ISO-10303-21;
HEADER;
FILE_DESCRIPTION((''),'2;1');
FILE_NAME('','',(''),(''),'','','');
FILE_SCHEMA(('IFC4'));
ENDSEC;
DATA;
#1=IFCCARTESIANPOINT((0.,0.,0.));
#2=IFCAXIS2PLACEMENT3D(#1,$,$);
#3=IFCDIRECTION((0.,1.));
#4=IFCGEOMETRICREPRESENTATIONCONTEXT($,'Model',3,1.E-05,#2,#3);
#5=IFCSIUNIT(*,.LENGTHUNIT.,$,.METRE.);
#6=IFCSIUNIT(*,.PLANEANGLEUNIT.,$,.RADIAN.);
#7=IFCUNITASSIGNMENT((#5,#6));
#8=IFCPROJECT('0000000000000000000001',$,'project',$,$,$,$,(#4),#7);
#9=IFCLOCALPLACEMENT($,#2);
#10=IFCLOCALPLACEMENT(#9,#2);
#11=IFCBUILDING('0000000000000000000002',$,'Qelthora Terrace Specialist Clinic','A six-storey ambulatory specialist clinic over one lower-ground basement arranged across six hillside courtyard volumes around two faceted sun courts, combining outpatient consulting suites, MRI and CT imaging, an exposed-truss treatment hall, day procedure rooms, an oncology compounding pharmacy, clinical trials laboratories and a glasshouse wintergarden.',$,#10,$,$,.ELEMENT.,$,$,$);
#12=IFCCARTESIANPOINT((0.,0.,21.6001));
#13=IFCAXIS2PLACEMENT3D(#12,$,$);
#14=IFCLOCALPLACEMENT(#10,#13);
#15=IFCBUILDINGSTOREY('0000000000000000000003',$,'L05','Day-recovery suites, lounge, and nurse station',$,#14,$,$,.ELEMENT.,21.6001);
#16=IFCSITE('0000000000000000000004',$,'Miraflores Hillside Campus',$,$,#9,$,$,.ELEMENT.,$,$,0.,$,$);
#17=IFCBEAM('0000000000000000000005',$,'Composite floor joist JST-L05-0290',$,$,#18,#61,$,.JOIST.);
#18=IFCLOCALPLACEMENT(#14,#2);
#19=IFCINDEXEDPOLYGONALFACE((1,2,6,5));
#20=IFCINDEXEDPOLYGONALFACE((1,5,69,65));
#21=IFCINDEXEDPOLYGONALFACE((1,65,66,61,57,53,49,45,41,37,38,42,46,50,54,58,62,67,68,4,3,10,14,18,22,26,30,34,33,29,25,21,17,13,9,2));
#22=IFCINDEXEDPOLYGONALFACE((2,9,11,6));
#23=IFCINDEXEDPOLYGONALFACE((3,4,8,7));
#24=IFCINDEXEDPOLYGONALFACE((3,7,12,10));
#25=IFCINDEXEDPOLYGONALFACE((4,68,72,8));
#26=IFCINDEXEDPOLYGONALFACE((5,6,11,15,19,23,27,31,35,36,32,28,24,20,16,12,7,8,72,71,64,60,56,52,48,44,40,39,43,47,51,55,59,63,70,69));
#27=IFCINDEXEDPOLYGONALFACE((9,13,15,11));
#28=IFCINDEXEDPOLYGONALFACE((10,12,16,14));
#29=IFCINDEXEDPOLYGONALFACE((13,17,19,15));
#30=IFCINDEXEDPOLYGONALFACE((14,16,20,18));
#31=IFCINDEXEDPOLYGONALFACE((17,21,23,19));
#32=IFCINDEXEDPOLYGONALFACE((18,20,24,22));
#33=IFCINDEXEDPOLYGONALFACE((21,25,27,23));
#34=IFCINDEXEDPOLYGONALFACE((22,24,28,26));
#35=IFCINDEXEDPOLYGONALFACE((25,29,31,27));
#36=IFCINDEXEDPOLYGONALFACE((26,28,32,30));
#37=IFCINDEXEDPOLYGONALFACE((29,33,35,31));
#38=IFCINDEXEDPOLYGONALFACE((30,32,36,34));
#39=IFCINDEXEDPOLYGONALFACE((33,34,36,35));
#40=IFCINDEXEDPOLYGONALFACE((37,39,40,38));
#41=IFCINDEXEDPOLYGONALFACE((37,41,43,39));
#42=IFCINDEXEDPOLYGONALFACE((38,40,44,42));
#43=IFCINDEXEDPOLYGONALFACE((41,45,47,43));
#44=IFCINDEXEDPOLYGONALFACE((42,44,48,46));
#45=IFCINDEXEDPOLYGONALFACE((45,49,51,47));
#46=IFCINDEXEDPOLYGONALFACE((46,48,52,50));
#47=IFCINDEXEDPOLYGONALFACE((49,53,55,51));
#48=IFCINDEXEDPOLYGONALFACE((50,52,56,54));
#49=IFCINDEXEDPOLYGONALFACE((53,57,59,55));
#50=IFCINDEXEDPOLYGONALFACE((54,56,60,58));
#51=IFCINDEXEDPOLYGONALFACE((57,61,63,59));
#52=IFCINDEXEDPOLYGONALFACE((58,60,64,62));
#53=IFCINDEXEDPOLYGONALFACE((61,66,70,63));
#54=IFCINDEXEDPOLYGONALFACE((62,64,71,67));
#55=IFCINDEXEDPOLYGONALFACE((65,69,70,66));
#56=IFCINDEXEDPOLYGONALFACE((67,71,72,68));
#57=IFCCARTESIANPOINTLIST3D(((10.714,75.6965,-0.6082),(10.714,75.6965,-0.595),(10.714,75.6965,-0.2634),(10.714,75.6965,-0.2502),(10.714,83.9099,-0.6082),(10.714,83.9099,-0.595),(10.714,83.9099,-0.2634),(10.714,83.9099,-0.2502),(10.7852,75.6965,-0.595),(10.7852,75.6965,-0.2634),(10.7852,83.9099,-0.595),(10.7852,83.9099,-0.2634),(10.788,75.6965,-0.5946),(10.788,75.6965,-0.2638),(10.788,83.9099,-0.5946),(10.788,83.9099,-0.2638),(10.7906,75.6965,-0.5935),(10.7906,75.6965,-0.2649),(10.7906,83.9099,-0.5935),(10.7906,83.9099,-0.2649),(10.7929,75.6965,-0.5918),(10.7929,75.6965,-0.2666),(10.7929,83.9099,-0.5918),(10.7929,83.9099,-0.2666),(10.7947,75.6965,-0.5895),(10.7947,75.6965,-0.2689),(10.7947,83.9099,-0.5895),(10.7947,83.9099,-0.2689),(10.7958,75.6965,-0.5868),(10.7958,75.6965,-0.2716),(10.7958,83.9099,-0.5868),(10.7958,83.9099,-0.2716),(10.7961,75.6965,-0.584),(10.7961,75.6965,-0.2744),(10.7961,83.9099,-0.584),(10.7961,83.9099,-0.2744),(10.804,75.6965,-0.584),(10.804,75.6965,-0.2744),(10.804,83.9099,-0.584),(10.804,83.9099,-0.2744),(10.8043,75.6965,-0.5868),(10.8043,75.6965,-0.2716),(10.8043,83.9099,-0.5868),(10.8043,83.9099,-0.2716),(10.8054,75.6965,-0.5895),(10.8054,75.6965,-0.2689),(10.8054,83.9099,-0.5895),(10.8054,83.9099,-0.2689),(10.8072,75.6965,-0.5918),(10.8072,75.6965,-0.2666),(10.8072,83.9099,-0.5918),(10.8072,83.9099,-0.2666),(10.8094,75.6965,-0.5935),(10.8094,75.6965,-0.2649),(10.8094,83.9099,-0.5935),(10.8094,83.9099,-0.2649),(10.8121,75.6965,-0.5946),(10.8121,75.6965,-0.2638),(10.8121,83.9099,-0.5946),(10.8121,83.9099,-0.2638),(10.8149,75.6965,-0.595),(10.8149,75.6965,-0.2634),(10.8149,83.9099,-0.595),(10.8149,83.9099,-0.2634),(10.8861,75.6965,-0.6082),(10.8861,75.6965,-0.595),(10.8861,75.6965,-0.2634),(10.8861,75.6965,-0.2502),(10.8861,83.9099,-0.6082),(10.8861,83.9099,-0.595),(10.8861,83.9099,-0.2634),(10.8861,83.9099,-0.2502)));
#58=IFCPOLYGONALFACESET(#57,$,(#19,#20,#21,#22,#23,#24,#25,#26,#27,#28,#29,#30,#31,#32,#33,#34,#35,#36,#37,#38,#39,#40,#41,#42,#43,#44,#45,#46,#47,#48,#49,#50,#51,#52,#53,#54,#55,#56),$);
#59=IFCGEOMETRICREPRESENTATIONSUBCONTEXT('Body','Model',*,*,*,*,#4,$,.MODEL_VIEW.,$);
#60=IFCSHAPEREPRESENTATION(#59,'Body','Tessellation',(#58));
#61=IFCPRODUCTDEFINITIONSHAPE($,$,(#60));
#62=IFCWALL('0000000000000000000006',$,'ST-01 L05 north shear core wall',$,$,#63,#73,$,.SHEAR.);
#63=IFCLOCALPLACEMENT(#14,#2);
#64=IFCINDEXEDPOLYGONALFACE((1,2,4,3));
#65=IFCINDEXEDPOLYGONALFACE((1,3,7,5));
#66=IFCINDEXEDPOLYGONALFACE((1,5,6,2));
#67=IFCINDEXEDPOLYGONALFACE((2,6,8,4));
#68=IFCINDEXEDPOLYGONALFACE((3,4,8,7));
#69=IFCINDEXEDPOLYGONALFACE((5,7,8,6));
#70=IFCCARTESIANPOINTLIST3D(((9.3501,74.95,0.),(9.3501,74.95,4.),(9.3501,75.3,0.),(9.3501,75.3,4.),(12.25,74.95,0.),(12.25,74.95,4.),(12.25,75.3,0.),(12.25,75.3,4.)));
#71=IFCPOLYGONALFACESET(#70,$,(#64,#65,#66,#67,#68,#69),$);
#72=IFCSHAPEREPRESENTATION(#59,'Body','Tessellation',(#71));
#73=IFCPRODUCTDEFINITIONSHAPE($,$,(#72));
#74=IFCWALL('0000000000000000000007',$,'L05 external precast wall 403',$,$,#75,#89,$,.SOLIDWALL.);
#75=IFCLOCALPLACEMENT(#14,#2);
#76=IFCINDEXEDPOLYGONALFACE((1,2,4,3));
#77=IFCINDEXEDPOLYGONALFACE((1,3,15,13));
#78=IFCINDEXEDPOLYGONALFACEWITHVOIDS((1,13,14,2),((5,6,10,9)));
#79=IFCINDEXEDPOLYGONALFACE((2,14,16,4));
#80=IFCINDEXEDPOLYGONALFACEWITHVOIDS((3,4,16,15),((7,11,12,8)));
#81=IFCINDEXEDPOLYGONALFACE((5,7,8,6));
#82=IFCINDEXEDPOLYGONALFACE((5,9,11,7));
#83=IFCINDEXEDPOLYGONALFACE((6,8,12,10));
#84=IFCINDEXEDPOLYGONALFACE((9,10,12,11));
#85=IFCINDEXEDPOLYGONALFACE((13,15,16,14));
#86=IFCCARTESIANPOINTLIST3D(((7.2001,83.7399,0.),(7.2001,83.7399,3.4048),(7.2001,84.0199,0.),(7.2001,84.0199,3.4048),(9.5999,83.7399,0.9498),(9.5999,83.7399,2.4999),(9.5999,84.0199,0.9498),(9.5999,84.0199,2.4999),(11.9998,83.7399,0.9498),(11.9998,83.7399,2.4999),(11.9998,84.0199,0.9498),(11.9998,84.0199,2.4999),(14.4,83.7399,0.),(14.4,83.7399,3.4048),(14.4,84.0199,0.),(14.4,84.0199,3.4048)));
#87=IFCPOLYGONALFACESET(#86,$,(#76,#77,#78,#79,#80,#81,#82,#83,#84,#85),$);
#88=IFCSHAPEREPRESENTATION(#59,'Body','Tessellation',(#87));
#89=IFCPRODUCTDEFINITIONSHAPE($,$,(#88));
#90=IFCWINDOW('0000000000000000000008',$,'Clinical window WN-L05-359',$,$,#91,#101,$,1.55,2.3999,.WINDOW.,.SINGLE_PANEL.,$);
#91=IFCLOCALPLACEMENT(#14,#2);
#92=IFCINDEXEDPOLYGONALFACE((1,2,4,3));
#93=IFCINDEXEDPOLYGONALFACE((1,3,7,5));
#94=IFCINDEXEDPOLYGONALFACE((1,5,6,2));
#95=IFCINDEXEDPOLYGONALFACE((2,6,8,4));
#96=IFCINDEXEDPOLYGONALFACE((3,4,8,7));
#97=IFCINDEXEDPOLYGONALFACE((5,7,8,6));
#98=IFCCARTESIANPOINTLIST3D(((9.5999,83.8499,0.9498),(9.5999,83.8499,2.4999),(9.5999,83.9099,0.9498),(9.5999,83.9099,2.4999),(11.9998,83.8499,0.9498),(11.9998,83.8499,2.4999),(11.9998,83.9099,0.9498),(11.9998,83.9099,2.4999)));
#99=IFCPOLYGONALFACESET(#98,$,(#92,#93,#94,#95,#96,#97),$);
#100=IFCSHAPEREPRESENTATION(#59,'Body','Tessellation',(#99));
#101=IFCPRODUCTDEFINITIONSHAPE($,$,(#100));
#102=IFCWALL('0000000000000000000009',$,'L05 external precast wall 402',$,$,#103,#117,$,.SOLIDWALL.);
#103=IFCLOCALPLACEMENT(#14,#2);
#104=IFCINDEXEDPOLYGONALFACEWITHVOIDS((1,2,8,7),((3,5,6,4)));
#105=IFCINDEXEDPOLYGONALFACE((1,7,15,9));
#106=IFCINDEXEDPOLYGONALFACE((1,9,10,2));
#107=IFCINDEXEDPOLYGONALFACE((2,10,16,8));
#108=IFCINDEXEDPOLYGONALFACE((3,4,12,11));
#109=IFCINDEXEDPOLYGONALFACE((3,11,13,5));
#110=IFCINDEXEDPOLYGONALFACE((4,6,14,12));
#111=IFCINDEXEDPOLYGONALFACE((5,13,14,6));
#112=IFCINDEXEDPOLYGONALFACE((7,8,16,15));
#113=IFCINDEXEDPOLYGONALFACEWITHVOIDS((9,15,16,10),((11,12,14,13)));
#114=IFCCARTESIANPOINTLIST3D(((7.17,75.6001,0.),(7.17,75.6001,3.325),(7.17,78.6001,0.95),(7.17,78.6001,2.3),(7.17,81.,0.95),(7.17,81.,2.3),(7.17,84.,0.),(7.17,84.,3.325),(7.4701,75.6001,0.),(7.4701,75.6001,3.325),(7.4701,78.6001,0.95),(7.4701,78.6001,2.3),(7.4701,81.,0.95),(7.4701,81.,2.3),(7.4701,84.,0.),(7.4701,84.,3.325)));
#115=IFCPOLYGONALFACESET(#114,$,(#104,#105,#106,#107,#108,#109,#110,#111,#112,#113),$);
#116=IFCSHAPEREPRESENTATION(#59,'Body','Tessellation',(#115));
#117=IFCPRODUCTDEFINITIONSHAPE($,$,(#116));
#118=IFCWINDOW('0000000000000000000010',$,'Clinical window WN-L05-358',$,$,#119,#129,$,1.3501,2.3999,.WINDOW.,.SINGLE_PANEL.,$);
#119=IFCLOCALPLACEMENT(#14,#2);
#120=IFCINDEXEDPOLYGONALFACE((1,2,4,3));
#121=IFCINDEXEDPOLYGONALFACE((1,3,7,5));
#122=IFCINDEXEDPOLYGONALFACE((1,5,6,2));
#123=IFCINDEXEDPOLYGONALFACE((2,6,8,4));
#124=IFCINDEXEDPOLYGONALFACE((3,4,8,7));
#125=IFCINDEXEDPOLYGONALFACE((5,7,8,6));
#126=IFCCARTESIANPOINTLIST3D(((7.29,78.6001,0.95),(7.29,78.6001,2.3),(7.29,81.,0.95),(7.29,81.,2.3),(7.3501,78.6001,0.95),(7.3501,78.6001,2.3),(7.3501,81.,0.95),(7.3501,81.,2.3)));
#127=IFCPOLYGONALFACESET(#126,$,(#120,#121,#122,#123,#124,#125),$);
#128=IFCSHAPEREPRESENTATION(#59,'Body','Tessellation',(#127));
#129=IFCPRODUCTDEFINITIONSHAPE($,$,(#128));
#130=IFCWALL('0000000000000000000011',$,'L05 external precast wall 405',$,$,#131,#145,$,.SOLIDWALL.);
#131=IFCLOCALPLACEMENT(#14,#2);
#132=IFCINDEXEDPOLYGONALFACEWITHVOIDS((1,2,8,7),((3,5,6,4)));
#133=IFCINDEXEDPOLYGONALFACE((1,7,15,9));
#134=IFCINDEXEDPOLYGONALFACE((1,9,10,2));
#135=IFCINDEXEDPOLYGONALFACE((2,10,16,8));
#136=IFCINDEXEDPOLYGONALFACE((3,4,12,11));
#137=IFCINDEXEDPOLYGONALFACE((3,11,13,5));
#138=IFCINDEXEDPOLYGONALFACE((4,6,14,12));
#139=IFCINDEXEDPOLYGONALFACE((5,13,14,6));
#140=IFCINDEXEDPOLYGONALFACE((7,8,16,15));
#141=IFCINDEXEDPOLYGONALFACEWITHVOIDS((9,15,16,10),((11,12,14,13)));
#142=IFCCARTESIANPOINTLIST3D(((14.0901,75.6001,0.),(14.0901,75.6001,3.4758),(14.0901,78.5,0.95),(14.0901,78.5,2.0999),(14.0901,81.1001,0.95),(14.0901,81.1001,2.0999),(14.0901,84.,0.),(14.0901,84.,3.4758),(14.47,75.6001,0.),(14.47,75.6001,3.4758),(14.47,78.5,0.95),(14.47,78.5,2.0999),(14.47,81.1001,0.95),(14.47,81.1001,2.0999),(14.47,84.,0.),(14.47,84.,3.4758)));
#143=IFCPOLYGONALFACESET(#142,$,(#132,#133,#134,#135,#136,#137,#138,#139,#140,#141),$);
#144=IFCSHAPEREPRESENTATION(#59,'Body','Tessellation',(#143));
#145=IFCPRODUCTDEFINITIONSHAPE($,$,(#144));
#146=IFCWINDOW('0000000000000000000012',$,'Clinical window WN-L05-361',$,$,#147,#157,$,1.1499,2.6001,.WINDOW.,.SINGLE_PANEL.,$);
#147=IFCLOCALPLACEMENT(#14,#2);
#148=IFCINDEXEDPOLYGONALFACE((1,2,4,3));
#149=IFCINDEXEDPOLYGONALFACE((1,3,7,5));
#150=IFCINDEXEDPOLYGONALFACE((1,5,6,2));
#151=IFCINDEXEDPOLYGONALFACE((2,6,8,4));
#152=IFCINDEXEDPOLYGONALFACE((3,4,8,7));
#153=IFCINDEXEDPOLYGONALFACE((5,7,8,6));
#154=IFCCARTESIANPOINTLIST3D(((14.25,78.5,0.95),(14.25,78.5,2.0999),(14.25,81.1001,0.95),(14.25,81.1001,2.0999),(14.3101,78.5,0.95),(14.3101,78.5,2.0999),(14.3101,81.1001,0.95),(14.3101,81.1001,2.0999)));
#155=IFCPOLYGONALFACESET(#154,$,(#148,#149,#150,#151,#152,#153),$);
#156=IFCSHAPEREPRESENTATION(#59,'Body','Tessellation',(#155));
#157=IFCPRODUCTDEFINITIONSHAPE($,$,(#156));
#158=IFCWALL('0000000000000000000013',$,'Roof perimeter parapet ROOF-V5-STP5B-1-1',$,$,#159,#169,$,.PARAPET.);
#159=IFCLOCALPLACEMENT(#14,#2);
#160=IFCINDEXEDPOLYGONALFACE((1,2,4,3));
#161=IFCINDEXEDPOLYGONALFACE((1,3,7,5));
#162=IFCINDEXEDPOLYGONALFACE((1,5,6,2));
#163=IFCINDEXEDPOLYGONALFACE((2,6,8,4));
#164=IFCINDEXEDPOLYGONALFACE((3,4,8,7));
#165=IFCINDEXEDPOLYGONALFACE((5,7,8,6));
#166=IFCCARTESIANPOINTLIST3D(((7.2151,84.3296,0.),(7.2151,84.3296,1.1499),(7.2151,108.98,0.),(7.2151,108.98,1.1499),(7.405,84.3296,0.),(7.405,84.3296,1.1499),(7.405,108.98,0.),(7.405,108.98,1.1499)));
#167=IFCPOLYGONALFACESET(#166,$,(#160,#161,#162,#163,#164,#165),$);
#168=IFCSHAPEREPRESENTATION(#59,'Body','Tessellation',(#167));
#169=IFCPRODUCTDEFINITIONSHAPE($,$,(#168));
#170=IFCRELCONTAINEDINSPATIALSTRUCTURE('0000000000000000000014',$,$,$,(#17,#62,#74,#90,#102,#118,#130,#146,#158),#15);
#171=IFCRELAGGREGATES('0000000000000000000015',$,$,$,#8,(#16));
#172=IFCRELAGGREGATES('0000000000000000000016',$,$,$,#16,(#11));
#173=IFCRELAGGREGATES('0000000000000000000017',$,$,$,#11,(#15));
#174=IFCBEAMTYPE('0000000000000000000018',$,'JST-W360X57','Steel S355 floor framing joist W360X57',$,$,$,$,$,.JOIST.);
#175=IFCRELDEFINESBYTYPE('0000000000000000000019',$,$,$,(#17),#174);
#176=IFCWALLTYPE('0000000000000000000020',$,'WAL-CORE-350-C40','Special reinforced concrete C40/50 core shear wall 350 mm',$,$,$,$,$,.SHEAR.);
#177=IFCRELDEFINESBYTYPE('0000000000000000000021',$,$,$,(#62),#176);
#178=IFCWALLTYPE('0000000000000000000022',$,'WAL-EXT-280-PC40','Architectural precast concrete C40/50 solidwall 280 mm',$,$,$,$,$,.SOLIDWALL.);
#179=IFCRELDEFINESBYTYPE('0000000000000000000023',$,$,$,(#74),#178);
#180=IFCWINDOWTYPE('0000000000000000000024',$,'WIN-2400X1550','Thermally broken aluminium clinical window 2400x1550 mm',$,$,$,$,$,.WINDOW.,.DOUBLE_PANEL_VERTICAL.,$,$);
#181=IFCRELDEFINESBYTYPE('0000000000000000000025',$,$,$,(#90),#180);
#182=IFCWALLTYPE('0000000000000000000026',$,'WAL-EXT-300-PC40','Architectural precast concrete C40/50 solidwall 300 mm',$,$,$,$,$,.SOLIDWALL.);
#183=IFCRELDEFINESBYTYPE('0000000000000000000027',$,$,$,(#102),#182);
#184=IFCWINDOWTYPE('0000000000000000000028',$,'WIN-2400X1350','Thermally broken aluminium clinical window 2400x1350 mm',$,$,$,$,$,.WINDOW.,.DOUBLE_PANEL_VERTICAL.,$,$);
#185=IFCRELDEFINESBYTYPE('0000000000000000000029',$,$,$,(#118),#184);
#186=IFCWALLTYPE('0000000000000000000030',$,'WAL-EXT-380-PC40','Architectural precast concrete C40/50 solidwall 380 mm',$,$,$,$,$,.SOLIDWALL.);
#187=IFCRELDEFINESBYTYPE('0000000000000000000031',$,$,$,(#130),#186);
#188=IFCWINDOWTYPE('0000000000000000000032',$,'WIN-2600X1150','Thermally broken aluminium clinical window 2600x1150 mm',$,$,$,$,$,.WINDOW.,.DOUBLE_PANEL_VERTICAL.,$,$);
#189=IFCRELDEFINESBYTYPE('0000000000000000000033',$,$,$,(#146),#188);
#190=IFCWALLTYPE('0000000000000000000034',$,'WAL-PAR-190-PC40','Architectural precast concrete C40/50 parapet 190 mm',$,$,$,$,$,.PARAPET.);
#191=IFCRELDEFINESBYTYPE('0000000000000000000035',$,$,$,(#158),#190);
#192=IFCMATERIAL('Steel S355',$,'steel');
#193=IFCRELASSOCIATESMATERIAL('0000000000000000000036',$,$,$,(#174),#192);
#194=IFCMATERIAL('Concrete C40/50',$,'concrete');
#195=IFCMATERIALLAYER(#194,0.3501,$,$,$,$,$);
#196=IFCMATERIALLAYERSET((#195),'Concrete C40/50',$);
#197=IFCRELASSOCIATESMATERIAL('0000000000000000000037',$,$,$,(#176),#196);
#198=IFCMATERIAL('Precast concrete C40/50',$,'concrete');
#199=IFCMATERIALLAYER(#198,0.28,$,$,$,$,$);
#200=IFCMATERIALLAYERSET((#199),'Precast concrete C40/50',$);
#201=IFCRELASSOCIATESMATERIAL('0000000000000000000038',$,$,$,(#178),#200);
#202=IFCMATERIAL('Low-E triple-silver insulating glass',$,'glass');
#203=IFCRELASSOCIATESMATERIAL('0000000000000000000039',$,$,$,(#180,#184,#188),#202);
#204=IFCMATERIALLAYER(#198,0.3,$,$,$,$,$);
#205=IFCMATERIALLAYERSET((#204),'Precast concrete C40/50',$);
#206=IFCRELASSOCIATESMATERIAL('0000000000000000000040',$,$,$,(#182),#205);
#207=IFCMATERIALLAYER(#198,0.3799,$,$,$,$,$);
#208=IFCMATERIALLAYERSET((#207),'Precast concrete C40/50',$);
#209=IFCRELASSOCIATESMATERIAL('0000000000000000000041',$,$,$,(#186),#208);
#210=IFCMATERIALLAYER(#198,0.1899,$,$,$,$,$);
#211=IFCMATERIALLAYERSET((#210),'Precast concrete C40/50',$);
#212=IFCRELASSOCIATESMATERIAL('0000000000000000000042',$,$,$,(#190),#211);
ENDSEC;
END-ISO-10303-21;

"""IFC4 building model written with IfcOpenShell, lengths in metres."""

from ifc_helpers import new_model, si_unit, direction, frame, frame_2d, origin, origin_2d, place, context, subcontext, project, spatial, rectangle, i_section, extrude, material, layer, layer_set, material_profile, profile_set, type_object, element, fill, save


model = new_model("IFC4")

# Units and contexts
model_context = context("Model", 3, precision=1e-05, world=origin(), true_north=direction((0.0, 1.0)))
body_context = subcontext(model_context, "Body", "Model", "MODEL_VIEW")
ifc_project = project(units=[si_unit("LENGTHUNIT", "METRE"), si_unit("PLANEANGLEUNIT", "RADIAN")], contexts=[model_context])

# Site, building, storey
site_placement = place(None, origin())
site = spatial("IfcSite", under=ifc_project, at=site_placement, Name="Miraflores Hillside Campus", CompositionType="ELEMENT", RefElevation=0.0)
building_placement = place(site_placement, origin())
building = spatial("IfcBuilding", under=site, at=building_placement, Name="Qelthora Terrace Specialist Clinic", Description="A six-storey ambulatory specialist clinic over one lower-ground basement arranged across six hillside courtyard volumes around two faceted sun courts, combining outpatient consulting suites, MRI and CT imaging, an exposed-truss treatment hall, day procedure rooms, an oncology compounding pharmacy, clinical trials laboratories and a glasshouse wintergarden.", CompositionType="ELEMENT")
storey_placement = place(building_placement, frame((0.0, 0.0, 21.6001)))
storey = spatial("IfcBuildingStorey", under=building, at=storey_placement, Name="L05", Description="Day-recovery suites, lounge, and nurse station", CompositionType="ELEMENT", Elevation=21.6001)

# Shared definitions
ifc_material_1 = material(Name="Steel S355", Category="steel")

# Beam
ifc_material_profile_1 = material_profile(ifc_material_1, i_section(OverallWidth=0.1721, OverallDepth=0.3579, WebThickness=0.0078, FlangeThickness=0.0132, FilletRadius=0.011, at=origin_2d()), Name="W360X57")
ifc_profile_set_1 = profile_set([ifc_material_profile_1], Name="Steel S355")
beam_type_1 = type_object("IfcBeamType", Name="JST-W360X57", Description="Steel S355 floor framing joist W360X57", PredefinedType="JOIST", material=ifc_profile_set_1)
beam_1_placement = place(storey_placement, frame((10.8, 75.6965, -0.4292), z_axis=(0.0, 1.0, 0.0), x_axis=(-1.0, 0.0, 0.0)))
element("IfcBeam", 1, at=beam_1_placement, inside=storey, type_object=beam_type_1, Name="Composite floor joist JST-L05-0290", PredefinedType="JOIST", context=body_context, shape_type="SweptSolid", body=[
    extrude(i_section(OverallWidth=0.1721, OverallDepth=0.3579, WebThickness=0.0078, FlangeThickness=0.0132, FilletRadius=0.011, at=origin_2d()), origin(), (0.0, 0.0, 1.0), 8.2134),
])

# Wall
ifc_material_2 = material(Name="Concrete C40/50", Category="concrete")
ifc_layer_1 = layer(ifc_material_2, 0.3501)
ifc_layer_set_1 = layer_set([ifc_layer_1], Name="Concrete C40/50")
wall_type_1 = type_object("IfcWallType", Name="WAL-CORE-350-C40", Description="Special reinforced concrete C40/50 core shear wall 350 mm", PredefinedType="SHEAR", material=ifc_layer_set_1)
wall_1_placement = place(storey_placement, frame((9.3501, 75.125, 0.0), z_axis=(0.0, 0.0, 1.0), x_axis=(1.0, 0.0, 0.0)))
element("IfcWall", 2, at=wall_1_placement, inside=storey, type_object=wall_type_1, Name="ST-01 L05 north shear core wall", PredefinedType="SHEAR", context=body_context, shape_type="SweptSolid", body=[
    extrude(rectangle(XDim=2.8999, YDim=0.3501, at=frame_2d((1.45, 0.0))), origin(), (0.0, 0.0, 1.0), 4.0),
])

# Walls, openings, windows
ifc_material_3 = material(Name="Precast concrete C40/50", Category="concrete")
ifc_layer_2 = layer(ifc_material_3, 0.28)
ifc_layer_set_2 = layer_set([ifc_layer_2], Name="Precast concrete C40/50")
wall_type_2 = type_object("IfcWallType", Name="WAL-EXT-280-PC40", Description="Architectural precast concrete C40/50 solidwall 280 mm", PredefinedType="SOLIDWALL", material=ifc_layer_set_2)
wall_2_placement = place(storey_placement, frame((7.2, 83.8799, 0.0), z_axis=(0.0, 0.0, 1.0), x_axis=(1.0, 0.0, 0.0)))
wall_2 = element("IfcWall", 3, at=wall_2_placement, inside=storey, type_object=wall_type_2, Name="L05 external precast wall 403", PredefinedType="SOLIDWALL", context=body_context, shape_type="SweptSolid", body=[
    extrude(rectangle(XDim=7.2, YDim=0.28, at=frame_2d((3.6001, 0.0))), origin(), (0.0, 0.0, 1.0), 3.4048),
])
opening_1_placement = place(wall_2_placement, frame((2.3999, 0.0, 0.95)))
opening_1 = element("IfcOpeningElement", 4, at=opening_1_placement, cuts=wall_2, PredefinedType="OPENING", context=body_context, shape_type="SweptSolid", body=[
    extrude(rectangle(XDim=2.3999, YDim=1.55, at=frame_2d((1.2, 0.7749))), frame((0.0, 0.1499, 0.0), z_axis=(0.0, -1.0, 0.0), x_axis=(1.0, 0.0, 0.0)), (0.0, 0.0, 1.0), 0.3),
])
ifc_material_4 = material(Name="Low-E triple-silver insulating glass", Category="glass")
window_type_1 = type_object("IfcWindowType", Name="WIN-2400X1550", Description="Thermally broken aluminium clinical window 2400x1550 mm", PartitioningType="DOUBLE_PANEL_VERTICAL", PredefinedType="WINDOW", material=ifc_material_4)
window_1_placement = place(opening_1_placement, origin())
window_1 = element("IfcWindow", 5, at=window_1_placement, inside=storey, type_object=window_type_1, Name="Clinical window WN-L05-359", OverallHeight=1.55, OverallWidth=2.3999, PartitioningType="SINGLE_PANEL", PredefinedType="WINDOW", context=body_context, shape_type="SweptSolid", body=[
    extrude(rectangle(XDim=2.3999, YDim=1.55, at=frame_2d((1.2, 0.7749))), frame((0.0, 0.03, 0.0), z_axis=(0.0, -1.0, 0.0), x_axis=(1.0, 0.0, 0.0)), (0.0, 0.0, 1.0), 0.0601),
])
fill(opening_1, window_1)
ifc_layer_3 = layer(ifc_material_3, 0.3)
ifc_layer_set_3 = layer_set([ifc_layer_3], Name="Precast concrete C40/50")
wall_type_3 = type_object("IfcWallType", Name="WAL-EXT-300-PC40", Description="Architectural precast concrete C40/50 solidwall 300 mm", PredefinedType="SOLIDWALL", material=ifc_layer_set_3)
wall_3_placement = place(storey_placement, frame((7.3201, 75.6001, 0.0), z_axis=(0.0, 0.0, 1.0), x_axis=(0.0, 1.0, 0.0)))
wall_3 = element("IfcWall", 6, at=wall_3_placement, inside=storey, type_object=wall_type_3, Name="L05 external precast wall 402", PredefinedType="SOLIDWALL", context=body_context, shape_type="SweptSolid", body=[
    extrude(rectangle(XDim=8.3999, YDim=0.3, at=frame_2d((4.2, 0.0))), origin(), (0.0, 0.0, 1.0), 3.325),
])
opening_2_placement = place(wall_3_placement, frame((3.0, 0.0, 0.95)))
opening_2 = element("IfcOpeningElement", 7, at=opening_2_placement, cuts=wall_3, PredefinedType="OPENING", context=body_context, shape_type="SweptSolid", body=[
    extrude(rectangle(XDim=2.3999, YDim=1.3501, at=frame_2d((1.2, 0.675))), frame((0.0, 0.1599, 0.0), z_axis=(0.0, -1.0, 0.0), x_axis=(1.0, 0.0, 0.0)), (0.0, 0.0, 1.0), 0.3201),
])
window_type_2 = type_object("IfcWindowType", Name="WIN-2400X1350", Description="Thermally broken aluminium clinical window 2400x1350 mm", PartitioningType="DOUBLE_PANEL_VERTICAL", PredefinedType="WINDOW", material=ifc_material_4)
window_2_placement = place(opening_2_placement, origin())
window_2 = element("IfcWindow", 8, at=window_2_placement, inside=storey, type_object=window_type_2, Name="Clinical window WN-L05-358", OverallHeight=1.3501, OverallWidth=2.3999, PartitioningType="SINGLE_PANEL", PredefinedType="WINDOW", context=body_context, shape_type="SweptSolid", body=[
    extrude(rectangle(XDim=2.3999, YDim=1.3501, at=frame_2d((1.2, 0.675))), frame((0.0, 0.03, 0.0), z_axis=(0.0, -1.0, 0.0), x_axis=(1.0, 0.0, 0.0)), (0.0, 0.0, 1.0), 0.0601),
])
fill(opening_2, window_2)
ifc_layer_4 = layer(ifc_material_3, 0.3799)
ifc_layer_set_4 = layer_set([ifc_layer_4], Name="Precast concrete C40/50")
wall_type_4 = type_object("IfcWallType", Name="WAL-EXT-380-PC40", Description="Architectural precast concrete C40/50 solidwall 380 mm", PredefinedType="SOLIDWALL", material=ifc_layer_set_4)
wall_4_placement = place(storey_placement, frame((14.28, 75.6001, 0.0), z_axis=(0.0, 0.0, 1.0), x_axis=(0.0, 1.0, 0.0)))
wall_4 = element("IfcWall", 9, at=wall_4_placement, inside=storey, type_object=wall_type_4, Name="L05 external precast wall 405", PredefinedType="SOLIDWALL", context=body_context, shape_type="SweptSolid", body=[
    extrude(rectangle(XDim=8.3999, YDim=0.3799, at=frame_2d((4.2, 0.0))), origin(), (0.0, 0.0, 1.0), 3.4758),
])
opening_3_placement = place(wall_4_placement, frame((2.8999, 0.0, 0.95)))
opening_3 = element("IfcOpeningElement", 10, at=opening_3_placement, cuts=wall_4, PredefinedType="OPENING", context=body_context, shape_type="SweptSolid", body=[
    extrude(rectangle(XDim=2.6001, YDim=1.1499, at=frame_2d((1.3, 0.575))), frame((0.0, 0.2, 0.0), z_axis=(0.0, -1.0, 0.0), x_axis=(1.0, 0.0, 0.0)), (0.0, 0.0, 1.0), 0.3999),
])
window_type_3 = type_object("IfcWindowType", Name="WIN-2600X1150", Description="Thermally broken aluminium clinical window 2600x1150 mm", PartitioningType="DOUBLE_PANEL_VERTICAL", PredefinedType="WINDOW", material=ifc_material_4)
window_3_placement = place(opening_3_placement, origin())
window_3 = element("IfcWindow", 11, at=window_3_placement, inside=storey, type_object=window_type_3, Name="Clinical window WN-L05-361", OverallHeight=1.1499, OverallWidth=2.6001, PartitioningType="SINGLE_PANEL", PredefinedType="WINDOW", context=body_context, shape_type="SweptSolid", body=[
    extrude(rectangle(XDim=2.6001, YDim=1.1499, at=frame_2d((1.3, 0.575))), frame((0.0, 0.03, 0.0), z_axis=(0.0, -1.0, 0.0), x_axis=(1.0, 0.0, 0.0)), (0.0, 0.0, 1.0), 0.0601),
])
fill(opening_3, window_3)

# Wall
ifc_layer_5 = layer(ifc_material_3, 0.1899)
ifc_layer_set_5 = layer_set([ifc_layer_5], Name="Precast concrete C40/50")
wall_type_5 = type_object("IfcWallType", Name="WAL-PAR-190-PC40", Description="Architectural precast concrete C40/50 parapet 190 mm", PredefinedType="PARAPET", material=ifc_layer_set_5)
wall_5_placement = place(storey_placement, frame((7.3101, 84.3296, 0.0), z_axis=(0.0, 0.0, 1.0), x_axis=(0.0, 1.0, 0.0)))
element("IfcWall", 12, at=wall_5_placement, inside=storey, type_object=wall_type_5, Name="Roof perimeter parapet ROOF-V5-STP5B-1-1", PredefinedType="PARAPET", context=body_context, shape_type="SweptSolid", body=[
    extrude(rectangle(XDim=24.6504, YDim=0.1899, at=frame_2d((12.3252, 0.0))), origin(), (0.0, 0.0, 1.0), 1.1499),
])

save(model, "model.ifc")
